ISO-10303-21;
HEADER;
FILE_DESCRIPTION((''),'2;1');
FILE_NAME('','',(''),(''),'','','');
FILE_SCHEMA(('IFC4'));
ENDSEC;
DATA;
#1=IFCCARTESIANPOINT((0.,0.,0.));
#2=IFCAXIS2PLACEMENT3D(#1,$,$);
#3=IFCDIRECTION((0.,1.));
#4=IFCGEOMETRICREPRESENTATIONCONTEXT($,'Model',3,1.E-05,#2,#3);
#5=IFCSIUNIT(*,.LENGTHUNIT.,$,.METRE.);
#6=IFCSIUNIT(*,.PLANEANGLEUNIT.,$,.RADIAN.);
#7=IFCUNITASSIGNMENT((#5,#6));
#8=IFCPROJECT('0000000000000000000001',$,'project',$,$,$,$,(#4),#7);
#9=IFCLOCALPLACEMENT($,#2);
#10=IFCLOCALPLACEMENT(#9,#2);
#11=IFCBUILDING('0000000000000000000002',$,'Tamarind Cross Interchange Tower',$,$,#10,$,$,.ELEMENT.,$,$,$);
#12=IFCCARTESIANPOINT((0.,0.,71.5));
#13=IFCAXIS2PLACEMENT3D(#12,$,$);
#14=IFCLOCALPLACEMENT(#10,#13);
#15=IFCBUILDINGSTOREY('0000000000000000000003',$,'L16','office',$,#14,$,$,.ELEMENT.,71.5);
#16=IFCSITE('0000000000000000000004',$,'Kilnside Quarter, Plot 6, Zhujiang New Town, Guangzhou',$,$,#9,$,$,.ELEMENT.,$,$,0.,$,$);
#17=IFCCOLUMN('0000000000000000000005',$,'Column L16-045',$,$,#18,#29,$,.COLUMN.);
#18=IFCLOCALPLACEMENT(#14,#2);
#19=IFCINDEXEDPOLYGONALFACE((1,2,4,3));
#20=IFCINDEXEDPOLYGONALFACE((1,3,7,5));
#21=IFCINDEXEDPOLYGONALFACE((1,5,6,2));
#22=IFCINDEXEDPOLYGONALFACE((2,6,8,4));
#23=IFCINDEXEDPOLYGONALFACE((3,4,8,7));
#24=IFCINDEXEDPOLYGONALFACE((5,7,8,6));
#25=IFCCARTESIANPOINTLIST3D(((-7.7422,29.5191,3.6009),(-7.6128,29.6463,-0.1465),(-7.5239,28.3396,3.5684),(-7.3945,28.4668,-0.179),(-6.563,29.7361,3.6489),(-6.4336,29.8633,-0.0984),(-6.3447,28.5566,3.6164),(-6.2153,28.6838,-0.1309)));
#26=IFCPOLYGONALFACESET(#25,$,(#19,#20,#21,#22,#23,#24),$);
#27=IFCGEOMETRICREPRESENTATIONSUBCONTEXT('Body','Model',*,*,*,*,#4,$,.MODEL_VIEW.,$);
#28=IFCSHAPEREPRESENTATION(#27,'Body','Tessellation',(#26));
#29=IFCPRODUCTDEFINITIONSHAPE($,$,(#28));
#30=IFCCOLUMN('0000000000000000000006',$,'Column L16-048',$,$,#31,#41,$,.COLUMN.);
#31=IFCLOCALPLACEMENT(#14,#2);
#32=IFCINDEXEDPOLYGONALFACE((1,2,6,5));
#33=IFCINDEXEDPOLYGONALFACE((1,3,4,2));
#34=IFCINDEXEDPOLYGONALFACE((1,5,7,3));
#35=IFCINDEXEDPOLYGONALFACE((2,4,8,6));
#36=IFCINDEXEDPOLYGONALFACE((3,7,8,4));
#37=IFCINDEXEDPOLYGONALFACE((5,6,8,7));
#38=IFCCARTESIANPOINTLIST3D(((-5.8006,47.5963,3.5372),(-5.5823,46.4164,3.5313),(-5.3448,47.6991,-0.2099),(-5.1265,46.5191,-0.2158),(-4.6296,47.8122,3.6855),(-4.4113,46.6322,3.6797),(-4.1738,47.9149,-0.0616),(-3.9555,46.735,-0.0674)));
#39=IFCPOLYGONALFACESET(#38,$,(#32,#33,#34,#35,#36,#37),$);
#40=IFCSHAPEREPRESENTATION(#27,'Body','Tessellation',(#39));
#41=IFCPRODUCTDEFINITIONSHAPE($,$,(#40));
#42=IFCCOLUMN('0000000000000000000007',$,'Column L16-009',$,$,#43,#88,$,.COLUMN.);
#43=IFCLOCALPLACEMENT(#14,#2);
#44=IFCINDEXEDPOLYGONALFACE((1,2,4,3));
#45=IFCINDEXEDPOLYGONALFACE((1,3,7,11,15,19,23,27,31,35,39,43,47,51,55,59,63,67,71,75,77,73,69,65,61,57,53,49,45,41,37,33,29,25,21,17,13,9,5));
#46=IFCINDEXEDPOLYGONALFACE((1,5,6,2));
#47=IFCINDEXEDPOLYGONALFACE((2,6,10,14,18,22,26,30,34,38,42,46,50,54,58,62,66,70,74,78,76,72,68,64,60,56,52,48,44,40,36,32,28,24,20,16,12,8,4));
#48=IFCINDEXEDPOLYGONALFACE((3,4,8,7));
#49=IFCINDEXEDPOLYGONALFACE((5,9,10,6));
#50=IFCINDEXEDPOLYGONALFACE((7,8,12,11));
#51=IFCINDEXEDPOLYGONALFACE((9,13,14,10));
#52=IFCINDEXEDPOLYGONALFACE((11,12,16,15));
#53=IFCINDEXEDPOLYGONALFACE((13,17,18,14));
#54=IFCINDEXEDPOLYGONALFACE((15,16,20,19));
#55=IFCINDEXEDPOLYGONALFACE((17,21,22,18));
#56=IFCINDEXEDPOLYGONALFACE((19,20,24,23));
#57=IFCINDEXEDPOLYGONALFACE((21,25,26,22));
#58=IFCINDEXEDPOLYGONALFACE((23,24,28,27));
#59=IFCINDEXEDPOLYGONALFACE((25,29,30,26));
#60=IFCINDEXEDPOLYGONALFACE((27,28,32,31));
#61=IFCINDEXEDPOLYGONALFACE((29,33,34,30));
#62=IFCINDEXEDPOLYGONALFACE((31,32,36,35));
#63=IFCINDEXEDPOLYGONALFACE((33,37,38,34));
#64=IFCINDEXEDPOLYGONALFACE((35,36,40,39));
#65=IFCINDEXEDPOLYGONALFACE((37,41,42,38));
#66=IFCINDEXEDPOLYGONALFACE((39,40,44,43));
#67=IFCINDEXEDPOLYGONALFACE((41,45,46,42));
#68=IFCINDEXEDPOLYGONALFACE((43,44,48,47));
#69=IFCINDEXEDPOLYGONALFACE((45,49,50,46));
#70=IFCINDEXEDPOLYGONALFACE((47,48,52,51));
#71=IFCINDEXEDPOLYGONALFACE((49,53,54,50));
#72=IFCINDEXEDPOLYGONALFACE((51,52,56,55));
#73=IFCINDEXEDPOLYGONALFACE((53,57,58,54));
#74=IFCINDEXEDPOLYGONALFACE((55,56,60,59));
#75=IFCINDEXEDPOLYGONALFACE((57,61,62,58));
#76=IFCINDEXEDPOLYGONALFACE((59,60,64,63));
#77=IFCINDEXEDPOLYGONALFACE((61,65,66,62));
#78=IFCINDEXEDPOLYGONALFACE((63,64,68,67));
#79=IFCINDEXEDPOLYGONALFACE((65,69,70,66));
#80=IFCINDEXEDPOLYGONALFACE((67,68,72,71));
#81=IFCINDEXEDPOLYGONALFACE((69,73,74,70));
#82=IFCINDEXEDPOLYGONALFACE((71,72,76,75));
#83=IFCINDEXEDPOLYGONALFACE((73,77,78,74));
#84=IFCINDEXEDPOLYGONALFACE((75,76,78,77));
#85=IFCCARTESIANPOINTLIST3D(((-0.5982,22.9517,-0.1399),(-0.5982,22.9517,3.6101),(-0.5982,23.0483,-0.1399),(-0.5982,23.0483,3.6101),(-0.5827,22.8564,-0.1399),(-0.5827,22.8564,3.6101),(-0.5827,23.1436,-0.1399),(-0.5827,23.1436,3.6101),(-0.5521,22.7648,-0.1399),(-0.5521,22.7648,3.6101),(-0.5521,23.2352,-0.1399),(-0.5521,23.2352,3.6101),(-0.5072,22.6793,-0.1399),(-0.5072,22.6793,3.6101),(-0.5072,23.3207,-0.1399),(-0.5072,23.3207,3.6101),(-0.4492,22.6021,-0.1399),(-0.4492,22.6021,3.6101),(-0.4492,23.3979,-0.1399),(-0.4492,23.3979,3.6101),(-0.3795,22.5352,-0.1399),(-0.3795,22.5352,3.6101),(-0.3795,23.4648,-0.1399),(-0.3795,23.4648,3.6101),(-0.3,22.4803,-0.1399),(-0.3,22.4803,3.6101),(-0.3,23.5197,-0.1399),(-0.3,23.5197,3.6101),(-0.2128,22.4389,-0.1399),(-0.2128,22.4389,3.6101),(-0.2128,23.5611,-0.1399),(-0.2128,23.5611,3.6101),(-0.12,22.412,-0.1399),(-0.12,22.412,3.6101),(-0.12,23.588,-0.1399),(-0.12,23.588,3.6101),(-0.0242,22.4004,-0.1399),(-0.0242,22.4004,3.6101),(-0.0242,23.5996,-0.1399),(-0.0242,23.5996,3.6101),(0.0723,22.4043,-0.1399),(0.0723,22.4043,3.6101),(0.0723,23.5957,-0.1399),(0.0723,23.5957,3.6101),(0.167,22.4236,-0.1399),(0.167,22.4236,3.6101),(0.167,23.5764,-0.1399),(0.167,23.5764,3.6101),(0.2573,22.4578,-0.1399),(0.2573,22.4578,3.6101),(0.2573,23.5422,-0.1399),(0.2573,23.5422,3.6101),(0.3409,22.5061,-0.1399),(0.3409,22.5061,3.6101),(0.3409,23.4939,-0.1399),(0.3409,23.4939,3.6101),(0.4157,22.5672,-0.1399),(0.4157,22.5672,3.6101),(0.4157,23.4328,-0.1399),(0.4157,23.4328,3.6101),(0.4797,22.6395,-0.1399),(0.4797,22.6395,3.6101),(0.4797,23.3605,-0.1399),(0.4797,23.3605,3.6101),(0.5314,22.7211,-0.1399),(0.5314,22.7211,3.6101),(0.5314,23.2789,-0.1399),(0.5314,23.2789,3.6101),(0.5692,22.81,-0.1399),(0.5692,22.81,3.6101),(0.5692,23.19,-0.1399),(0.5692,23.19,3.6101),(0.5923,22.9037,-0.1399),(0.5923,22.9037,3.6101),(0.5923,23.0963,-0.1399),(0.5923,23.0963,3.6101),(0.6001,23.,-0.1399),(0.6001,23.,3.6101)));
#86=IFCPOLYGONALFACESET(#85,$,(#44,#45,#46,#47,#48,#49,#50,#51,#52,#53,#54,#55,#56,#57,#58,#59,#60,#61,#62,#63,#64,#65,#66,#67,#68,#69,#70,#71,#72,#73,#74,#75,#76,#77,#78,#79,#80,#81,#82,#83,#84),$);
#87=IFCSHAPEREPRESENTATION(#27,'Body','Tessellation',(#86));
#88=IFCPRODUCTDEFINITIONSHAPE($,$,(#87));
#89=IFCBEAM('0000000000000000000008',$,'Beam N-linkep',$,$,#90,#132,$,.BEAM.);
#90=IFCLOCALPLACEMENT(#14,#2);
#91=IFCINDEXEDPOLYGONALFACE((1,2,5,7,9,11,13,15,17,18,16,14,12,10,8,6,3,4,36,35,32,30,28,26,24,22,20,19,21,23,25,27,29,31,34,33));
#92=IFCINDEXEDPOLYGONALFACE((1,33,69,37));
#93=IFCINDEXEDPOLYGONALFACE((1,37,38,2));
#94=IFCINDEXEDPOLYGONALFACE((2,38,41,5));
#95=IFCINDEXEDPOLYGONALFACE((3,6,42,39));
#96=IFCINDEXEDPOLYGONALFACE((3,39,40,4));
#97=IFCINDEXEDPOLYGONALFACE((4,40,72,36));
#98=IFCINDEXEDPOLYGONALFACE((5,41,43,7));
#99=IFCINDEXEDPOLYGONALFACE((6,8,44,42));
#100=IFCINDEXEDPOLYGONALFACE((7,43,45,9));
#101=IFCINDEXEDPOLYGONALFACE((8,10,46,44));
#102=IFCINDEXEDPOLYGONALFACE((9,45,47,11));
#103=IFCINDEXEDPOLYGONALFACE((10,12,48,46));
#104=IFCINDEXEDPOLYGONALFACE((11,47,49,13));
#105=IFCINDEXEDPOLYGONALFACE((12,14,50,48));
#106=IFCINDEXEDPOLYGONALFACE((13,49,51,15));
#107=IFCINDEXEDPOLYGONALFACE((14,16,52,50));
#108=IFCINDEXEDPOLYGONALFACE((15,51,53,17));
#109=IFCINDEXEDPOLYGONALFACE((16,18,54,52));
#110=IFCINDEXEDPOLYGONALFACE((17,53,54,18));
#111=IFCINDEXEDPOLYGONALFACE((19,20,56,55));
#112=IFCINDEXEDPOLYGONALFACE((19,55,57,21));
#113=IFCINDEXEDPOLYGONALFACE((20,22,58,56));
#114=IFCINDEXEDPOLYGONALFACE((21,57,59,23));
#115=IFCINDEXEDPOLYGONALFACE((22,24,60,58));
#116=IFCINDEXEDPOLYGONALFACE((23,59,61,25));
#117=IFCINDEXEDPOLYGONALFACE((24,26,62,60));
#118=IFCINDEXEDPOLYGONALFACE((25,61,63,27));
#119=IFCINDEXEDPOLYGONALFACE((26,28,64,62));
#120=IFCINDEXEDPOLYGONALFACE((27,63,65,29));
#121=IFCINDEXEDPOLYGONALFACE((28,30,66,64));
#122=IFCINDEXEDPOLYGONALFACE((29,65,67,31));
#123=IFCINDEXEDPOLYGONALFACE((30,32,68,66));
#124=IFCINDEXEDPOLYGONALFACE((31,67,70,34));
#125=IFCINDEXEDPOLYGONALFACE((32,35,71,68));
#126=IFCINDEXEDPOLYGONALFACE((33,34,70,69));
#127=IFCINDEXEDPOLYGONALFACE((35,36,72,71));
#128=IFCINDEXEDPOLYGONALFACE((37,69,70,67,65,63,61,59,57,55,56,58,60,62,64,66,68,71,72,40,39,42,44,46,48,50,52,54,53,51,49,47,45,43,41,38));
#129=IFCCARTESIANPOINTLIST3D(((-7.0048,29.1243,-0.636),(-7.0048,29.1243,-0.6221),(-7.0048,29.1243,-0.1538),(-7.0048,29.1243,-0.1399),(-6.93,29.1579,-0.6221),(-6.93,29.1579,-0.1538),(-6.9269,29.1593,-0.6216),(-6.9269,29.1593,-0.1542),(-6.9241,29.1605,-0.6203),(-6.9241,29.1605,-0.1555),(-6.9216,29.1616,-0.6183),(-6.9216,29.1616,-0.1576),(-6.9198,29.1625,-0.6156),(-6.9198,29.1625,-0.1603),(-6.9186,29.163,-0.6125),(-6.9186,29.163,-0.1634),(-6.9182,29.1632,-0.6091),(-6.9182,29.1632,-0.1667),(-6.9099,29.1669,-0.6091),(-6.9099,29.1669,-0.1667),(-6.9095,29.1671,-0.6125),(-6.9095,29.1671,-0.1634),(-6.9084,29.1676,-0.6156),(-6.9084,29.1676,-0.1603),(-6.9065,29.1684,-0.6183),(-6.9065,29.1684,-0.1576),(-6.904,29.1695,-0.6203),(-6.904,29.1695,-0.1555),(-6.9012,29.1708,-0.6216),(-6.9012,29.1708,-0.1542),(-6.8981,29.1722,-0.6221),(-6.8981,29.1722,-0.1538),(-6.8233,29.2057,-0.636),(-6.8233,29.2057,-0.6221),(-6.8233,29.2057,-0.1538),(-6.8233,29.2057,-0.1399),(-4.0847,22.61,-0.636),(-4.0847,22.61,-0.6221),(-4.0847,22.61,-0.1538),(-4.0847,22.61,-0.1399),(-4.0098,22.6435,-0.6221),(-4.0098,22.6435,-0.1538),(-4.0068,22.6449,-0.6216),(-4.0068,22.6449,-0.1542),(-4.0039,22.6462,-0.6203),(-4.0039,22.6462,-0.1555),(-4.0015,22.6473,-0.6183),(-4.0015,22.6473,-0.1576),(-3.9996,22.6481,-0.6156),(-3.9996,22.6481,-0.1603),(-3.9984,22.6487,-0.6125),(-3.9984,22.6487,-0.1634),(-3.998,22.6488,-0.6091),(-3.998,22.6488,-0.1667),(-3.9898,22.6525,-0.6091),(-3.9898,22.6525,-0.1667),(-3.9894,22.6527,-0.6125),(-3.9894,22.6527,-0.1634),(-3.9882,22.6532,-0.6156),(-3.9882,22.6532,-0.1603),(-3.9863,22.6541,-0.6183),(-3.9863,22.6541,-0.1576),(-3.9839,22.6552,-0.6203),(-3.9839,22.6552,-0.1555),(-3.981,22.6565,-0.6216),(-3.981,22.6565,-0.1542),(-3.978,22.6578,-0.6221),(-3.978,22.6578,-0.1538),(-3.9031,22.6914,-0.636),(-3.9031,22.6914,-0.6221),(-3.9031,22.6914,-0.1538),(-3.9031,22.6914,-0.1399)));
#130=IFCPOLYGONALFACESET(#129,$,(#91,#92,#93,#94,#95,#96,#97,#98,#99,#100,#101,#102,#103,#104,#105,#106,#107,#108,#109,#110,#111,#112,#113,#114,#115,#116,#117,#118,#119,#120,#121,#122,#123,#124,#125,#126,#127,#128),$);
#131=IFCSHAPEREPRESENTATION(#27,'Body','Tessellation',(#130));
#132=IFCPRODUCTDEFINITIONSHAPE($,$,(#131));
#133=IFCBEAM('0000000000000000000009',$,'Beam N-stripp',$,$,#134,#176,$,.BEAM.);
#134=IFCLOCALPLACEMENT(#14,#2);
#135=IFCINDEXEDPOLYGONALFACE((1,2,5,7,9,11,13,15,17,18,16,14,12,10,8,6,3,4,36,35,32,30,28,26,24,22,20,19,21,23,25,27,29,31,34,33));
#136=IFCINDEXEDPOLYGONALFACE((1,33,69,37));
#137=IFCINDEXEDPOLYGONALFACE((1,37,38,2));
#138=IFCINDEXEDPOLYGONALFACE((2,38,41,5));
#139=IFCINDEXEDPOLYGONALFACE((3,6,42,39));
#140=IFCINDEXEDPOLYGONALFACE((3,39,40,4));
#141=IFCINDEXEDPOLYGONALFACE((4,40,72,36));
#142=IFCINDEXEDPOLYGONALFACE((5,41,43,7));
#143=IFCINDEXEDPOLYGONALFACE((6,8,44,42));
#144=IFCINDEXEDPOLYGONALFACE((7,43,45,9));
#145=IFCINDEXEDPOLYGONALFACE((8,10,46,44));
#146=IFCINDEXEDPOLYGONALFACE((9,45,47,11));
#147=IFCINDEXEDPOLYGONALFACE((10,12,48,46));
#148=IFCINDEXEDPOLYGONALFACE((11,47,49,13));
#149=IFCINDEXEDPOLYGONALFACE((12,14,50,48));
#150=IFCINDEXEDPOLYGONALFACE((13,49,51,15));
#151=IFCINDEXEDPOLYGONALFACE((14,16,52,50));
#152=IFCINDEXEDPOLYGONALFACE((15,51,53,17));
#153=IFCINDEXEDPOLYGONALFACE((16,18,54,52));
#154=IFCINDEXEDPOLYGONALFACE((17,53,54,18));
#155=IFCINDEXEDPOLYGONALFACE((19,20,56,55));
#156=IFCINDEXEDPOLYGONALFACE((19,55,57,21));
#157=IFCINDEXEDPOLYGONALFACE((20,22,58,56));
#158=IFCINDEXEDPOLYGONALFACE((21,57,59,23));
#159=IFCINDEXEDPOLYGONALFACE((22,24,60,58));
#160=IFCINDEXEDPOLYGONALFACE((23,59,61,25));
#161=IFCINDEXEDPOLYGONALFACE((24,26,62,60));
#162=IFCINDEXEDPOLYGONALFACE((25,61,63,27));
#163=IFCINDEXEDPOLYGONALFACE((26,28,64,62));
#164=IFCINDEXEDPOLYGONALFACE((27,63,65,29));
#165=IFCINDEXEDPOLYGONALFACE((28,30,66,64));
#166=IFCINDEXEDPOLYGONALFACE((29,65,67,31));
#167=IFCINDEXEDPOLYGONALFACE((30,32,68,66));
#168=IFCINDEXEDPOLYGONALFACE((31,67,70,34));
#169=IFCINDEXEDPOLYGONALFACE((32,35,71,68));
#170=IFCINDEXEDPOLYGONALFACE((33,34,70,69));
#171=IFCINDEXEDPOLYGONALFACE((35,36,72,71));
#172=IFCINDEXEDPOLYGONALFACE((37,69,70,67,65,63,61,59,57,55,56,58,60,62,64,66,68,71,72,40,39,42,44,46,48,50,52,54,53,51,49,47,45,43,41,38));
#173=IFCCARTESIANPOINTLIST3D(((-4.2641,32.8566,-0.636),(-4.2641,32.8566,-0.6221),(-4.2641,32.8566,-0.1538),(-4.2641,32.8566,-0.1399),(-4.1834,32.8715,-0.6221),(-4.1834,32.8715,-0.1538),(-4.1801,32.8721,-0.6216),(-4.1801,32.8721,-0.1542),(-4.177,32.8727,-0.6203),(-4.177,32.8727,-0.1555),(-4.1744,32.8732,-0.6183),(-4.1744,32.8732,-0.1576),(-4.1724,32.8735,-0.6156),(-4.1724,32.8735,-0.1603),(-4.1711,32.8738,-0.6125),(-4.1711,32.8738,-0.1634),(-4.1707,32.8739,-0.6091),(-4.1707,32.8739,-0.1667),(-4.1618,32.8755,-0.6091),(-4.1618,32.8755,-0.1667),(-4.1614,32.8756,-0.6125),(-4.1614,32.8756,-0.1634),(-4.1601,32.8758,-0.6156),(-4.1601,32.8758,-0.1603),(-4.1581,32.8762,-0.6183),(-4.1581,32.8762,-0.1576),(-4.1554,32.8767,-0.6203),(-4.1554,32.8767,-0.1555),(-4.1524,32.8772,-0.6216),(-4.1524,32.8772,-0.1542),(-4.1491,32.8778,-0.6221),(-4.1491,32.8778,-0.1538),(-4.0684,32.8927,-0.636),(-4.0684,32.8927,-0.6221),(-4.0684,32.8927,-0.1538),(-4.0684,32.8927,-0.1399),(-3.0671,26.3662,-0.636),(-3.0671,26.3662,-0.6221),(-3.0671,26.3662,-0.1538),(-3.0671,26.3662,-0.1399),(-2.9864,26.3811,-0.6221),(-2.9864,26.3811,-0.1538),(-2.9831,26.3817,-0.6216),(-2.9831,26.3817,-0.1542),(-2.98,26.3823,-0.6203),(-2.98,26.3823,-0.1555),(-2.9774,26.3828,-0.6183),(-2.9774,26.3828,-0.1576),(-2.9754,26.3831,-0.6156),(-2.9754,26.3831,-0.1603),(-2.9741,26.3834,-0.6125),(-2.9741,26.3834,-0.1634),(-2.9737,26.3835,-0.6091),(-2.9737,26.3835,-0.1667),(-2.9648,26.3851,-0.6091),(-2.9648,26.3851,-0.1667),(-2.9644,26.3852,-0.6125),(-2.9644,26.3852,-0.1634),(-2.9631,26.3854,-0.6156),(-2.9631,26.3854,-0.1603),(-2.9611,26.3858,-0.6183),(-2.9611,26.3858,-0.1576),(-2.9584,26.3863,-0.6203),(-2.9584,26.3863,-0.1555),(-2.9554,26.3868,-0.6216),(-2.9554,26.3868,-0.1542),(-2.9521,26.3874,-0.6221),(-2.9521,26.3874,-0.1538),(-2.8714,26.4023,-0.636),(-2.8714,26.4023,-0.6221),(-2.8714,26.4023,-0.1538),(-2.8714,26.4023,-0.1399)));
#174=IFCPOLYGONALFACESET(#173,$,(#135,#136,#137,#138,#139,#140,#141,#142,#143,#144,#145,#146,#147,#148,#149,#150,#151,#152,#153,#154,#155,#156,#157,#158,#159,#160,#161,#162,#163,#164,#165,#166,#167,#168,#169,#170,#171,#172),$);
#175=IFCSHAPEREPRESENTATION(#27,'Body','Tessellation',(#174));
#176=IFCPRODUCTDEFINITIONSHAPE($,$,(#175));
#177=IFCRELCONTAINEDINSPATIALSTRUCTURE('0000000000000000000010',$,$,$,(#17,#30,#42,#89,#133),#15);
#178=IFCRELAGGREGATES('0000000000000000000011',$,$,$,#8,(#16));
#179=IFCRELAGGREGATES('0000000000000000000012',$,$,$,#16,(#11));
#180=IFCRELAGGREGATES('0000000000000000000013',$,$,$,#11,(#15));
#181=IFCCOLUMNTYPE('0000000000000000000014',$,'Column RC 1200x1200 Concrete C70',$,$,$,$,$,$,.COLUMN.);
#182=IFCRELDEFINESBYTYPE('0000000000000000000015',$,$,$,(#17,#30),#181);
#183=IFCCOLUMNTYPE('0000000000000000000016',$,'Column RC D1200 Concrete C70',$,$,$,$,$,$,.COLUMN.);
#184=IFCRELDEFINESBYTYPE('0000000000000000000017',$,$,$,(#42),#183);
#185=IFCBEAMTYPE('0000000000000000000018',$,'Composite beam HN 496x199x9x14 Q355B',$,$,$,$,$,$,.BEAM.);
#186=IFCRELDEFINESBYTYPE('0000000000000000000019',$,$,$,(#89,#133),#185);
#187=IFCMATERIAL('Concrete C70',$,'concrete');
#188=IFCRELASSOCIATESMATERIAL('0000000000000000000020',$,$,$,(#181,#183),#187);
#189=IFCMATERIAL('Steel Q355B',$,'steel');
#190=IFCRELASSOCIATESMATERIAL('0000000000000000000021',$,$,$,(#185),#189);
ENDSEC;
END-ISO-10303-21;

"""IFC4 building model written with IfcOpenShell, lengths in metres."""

from ifc_helpers import new_model, si_unit, direction, frame, origin, origin_2d, place, context, subcontext, project, spatial, rectangle, circle, i_section, extrude, material, material_profile, profile_set, type_object, element, save


model = new_model("IFC4")

# Units and contexts
model_context = context("Model", 3, precision=1e-05, world=origin(), true_north=direction((0.0, 1.0)))
body_context = subcontext(model_context, "Body", "Model", "MODEL_VIEW")
ifc_project = project(units=[si_unit("LENGTHUNIT", "METRE"), si_unit("PLANEANGLEUNIT", "RADIAN")], contexts=[model_context])

# Site, building, storey
site_placement = place(None, origin())
site = spatial("IfcSite", under=ifc_project, at=site_placement, Name="Kilnside Quarter, Plot 6, Zhujiang New Town, Guangzhou", CompositionType="ELEMENT", RefElevation=0.0)
building_placement = place(site_placement, origin())
building = spatial("IfcBuilding", under=site, at=building_placement, Name="Tamarind Cross Interchange Tower", CompositionType="ELEMENT")
storey_placement = place(building_placement, frame((0.0, 0.0, 71.5)))
storey = spatial("IfcBuildingStorey", under=building, at=storey_placement, Name="L16", Description="office", CompositionType="ELEMENT", Elevation=71.5)

# Columns
ifc_material_1 = material(Name="Concrete C70", Category="concrete")
ifc_material_profile_1 = material_profile(ifc_material_1, rectangle(XDim=1.2, YDim=1.2, at=origin_2d()), Name="RC 1200x1200")
ifc_profile_set_1 = profile_set([ifc_material_profile_1], Name="Concrete C70")
column_type_1 = type_object("IfcColumnType", Name="Column RC 1200x1200 Concrete C70", PredefinedType="COLUMN", material=ifc_profile_set_1)
column_1_placement = place(storey_placement, frame((-6.9141, 29.165, -0.1387), z_axis=(-0.03449, -0.033904, 0.99883), x_axis=(0.982702, 0.180809, 0.04007)))
element("IfcColumn", 1, at=column_1_placement, inside=storey, type_object=column_type_1, Name="Column L16-045", PredefinedType="COLUMN", context=body_context, shape_type="SweptSolid", body=[
    extrude(rectangle(XDim=1.2, YDim=1.2, at=origin_2d()), origin(), (0.0, 0.0, 1.0), 3.7517),
])
column_2_placement = place(storey_placement, frame((-4.6501, 47.217, -0.1387), z_axis=(-0.12071, -0.027219, 0.992315), x_axis=(0.975884, 0.179894, 0.123645)))
element("IfcColumn", 2, at=column_2_placement, inside=storey, type_object=column_type_1, Name="Column L16-048", PredefinedType="COLUMN", context=body_context, shape_type="SweptSolid", body=[
    extrude(rectangle(XDim=1.2, YDim=1.2, at=origin_2d()), origin(), (0.0, 0.0, 1.0), 3.7761),
])
ifc_material_profile_2 = material_profile(ifc_material_1, circle(Radius=0.6001, at=origin_2d()), Name="RC D1200")
ifc_profile_set_2 = profile_set([ifc_material_profile_2], Name="Concrete C70")
column_type_2 = type_object("IfcColumnType", Name="Column RC D1200 Concrete C70", PredefinedType="COLUMN", material=ifc_profile_set_2)
column_3_placement = place(storey_placement, frame((0.0, 23.0, -0.1399), z_axis=(0.0, 0.0, 1.0), x_axis=(1.0, 0.0, 0.0)))
element("IfcColumn", 3, at=column_3_placement, inside=storey, type_object=column_type_2, Name="Column L16-009", PredefinedType="COLUMN", context=body_context, shape_type="SweptSolid", body=[
    extrude(circle(Radius=0.6001, at=origin_2d()), origin(), (0.0, 0.0, 1.0), 3.75),
])

# Beams
ifc_material_2 = material(Name="Steel Q355B", Category="steel")
ifc_material_profile_3 = material_profile(ifc_material_2, i_section(OverallWidth=0.199, OverallDepth=0.4961, WebThickness=0.009, FlangeThickness=0.0139, FilletRadius=0.0129, at=origin_2d()), Name="HN 496x199x9x14")
ifc_profile_set_3 = profile_set([ifc_material_profile_3], Name="Steel Q355B")
beam_type_1 = type_object("IfcBeamType", Name="Composite beam HN 496x199x9x14 Q355B", PredefinedType="BEAM", material=ifc_profile_set_3)
beam_1_placement = place(storey_placement, frame((-6.9141, 29.165, -0.3879), z_axis=(0.409046, -0.912514, 0.0), x_axis=(0.912514, 0.409046, 0.0)))
element("IfcBeam", 4, at=beam_1_placement, inside=storey, type_object=beam_type_1, Name="Beam N-linkep", PredefinedType="BEAM", context=body_context, shape_type="SweptSolid", body=[
    extrude(i_section(OverallWidth=0.199, OverallDepth=0.4961, WebThickness=0.009, FlangeThickness=0.0139, FilletRadius=0.0129, at=origin_2d()), origin(), (0.0, 0.0, 1.0), 7.1389),
])
beam_2_placement = place(storey_placement, frame((-2.9692, 26.3843, -0.3879), z_axis=(-0.181369, 0.983415, 0.0), x_axis=(-0.983415, -0.181369, 0.0)))
element("IfcBeam", 5, at=beam_2_placement, inside=storey, type_object=beam_type_1, Name="Beam N-stripp", PredefinedType="BEAM", context=body_context, shape_type="SweptSolid", body=[
    extrude(i_section(OverallWidth=0.199, OverallDepth=0.4961, WebThickness=0.009, FlangeThickness=0.0139, FilletRadius=0.0129, at=origin_2d()), origin(), (0.0, 0.0, 1.0), 6.5999),
])

save(model, "model.ifc")
